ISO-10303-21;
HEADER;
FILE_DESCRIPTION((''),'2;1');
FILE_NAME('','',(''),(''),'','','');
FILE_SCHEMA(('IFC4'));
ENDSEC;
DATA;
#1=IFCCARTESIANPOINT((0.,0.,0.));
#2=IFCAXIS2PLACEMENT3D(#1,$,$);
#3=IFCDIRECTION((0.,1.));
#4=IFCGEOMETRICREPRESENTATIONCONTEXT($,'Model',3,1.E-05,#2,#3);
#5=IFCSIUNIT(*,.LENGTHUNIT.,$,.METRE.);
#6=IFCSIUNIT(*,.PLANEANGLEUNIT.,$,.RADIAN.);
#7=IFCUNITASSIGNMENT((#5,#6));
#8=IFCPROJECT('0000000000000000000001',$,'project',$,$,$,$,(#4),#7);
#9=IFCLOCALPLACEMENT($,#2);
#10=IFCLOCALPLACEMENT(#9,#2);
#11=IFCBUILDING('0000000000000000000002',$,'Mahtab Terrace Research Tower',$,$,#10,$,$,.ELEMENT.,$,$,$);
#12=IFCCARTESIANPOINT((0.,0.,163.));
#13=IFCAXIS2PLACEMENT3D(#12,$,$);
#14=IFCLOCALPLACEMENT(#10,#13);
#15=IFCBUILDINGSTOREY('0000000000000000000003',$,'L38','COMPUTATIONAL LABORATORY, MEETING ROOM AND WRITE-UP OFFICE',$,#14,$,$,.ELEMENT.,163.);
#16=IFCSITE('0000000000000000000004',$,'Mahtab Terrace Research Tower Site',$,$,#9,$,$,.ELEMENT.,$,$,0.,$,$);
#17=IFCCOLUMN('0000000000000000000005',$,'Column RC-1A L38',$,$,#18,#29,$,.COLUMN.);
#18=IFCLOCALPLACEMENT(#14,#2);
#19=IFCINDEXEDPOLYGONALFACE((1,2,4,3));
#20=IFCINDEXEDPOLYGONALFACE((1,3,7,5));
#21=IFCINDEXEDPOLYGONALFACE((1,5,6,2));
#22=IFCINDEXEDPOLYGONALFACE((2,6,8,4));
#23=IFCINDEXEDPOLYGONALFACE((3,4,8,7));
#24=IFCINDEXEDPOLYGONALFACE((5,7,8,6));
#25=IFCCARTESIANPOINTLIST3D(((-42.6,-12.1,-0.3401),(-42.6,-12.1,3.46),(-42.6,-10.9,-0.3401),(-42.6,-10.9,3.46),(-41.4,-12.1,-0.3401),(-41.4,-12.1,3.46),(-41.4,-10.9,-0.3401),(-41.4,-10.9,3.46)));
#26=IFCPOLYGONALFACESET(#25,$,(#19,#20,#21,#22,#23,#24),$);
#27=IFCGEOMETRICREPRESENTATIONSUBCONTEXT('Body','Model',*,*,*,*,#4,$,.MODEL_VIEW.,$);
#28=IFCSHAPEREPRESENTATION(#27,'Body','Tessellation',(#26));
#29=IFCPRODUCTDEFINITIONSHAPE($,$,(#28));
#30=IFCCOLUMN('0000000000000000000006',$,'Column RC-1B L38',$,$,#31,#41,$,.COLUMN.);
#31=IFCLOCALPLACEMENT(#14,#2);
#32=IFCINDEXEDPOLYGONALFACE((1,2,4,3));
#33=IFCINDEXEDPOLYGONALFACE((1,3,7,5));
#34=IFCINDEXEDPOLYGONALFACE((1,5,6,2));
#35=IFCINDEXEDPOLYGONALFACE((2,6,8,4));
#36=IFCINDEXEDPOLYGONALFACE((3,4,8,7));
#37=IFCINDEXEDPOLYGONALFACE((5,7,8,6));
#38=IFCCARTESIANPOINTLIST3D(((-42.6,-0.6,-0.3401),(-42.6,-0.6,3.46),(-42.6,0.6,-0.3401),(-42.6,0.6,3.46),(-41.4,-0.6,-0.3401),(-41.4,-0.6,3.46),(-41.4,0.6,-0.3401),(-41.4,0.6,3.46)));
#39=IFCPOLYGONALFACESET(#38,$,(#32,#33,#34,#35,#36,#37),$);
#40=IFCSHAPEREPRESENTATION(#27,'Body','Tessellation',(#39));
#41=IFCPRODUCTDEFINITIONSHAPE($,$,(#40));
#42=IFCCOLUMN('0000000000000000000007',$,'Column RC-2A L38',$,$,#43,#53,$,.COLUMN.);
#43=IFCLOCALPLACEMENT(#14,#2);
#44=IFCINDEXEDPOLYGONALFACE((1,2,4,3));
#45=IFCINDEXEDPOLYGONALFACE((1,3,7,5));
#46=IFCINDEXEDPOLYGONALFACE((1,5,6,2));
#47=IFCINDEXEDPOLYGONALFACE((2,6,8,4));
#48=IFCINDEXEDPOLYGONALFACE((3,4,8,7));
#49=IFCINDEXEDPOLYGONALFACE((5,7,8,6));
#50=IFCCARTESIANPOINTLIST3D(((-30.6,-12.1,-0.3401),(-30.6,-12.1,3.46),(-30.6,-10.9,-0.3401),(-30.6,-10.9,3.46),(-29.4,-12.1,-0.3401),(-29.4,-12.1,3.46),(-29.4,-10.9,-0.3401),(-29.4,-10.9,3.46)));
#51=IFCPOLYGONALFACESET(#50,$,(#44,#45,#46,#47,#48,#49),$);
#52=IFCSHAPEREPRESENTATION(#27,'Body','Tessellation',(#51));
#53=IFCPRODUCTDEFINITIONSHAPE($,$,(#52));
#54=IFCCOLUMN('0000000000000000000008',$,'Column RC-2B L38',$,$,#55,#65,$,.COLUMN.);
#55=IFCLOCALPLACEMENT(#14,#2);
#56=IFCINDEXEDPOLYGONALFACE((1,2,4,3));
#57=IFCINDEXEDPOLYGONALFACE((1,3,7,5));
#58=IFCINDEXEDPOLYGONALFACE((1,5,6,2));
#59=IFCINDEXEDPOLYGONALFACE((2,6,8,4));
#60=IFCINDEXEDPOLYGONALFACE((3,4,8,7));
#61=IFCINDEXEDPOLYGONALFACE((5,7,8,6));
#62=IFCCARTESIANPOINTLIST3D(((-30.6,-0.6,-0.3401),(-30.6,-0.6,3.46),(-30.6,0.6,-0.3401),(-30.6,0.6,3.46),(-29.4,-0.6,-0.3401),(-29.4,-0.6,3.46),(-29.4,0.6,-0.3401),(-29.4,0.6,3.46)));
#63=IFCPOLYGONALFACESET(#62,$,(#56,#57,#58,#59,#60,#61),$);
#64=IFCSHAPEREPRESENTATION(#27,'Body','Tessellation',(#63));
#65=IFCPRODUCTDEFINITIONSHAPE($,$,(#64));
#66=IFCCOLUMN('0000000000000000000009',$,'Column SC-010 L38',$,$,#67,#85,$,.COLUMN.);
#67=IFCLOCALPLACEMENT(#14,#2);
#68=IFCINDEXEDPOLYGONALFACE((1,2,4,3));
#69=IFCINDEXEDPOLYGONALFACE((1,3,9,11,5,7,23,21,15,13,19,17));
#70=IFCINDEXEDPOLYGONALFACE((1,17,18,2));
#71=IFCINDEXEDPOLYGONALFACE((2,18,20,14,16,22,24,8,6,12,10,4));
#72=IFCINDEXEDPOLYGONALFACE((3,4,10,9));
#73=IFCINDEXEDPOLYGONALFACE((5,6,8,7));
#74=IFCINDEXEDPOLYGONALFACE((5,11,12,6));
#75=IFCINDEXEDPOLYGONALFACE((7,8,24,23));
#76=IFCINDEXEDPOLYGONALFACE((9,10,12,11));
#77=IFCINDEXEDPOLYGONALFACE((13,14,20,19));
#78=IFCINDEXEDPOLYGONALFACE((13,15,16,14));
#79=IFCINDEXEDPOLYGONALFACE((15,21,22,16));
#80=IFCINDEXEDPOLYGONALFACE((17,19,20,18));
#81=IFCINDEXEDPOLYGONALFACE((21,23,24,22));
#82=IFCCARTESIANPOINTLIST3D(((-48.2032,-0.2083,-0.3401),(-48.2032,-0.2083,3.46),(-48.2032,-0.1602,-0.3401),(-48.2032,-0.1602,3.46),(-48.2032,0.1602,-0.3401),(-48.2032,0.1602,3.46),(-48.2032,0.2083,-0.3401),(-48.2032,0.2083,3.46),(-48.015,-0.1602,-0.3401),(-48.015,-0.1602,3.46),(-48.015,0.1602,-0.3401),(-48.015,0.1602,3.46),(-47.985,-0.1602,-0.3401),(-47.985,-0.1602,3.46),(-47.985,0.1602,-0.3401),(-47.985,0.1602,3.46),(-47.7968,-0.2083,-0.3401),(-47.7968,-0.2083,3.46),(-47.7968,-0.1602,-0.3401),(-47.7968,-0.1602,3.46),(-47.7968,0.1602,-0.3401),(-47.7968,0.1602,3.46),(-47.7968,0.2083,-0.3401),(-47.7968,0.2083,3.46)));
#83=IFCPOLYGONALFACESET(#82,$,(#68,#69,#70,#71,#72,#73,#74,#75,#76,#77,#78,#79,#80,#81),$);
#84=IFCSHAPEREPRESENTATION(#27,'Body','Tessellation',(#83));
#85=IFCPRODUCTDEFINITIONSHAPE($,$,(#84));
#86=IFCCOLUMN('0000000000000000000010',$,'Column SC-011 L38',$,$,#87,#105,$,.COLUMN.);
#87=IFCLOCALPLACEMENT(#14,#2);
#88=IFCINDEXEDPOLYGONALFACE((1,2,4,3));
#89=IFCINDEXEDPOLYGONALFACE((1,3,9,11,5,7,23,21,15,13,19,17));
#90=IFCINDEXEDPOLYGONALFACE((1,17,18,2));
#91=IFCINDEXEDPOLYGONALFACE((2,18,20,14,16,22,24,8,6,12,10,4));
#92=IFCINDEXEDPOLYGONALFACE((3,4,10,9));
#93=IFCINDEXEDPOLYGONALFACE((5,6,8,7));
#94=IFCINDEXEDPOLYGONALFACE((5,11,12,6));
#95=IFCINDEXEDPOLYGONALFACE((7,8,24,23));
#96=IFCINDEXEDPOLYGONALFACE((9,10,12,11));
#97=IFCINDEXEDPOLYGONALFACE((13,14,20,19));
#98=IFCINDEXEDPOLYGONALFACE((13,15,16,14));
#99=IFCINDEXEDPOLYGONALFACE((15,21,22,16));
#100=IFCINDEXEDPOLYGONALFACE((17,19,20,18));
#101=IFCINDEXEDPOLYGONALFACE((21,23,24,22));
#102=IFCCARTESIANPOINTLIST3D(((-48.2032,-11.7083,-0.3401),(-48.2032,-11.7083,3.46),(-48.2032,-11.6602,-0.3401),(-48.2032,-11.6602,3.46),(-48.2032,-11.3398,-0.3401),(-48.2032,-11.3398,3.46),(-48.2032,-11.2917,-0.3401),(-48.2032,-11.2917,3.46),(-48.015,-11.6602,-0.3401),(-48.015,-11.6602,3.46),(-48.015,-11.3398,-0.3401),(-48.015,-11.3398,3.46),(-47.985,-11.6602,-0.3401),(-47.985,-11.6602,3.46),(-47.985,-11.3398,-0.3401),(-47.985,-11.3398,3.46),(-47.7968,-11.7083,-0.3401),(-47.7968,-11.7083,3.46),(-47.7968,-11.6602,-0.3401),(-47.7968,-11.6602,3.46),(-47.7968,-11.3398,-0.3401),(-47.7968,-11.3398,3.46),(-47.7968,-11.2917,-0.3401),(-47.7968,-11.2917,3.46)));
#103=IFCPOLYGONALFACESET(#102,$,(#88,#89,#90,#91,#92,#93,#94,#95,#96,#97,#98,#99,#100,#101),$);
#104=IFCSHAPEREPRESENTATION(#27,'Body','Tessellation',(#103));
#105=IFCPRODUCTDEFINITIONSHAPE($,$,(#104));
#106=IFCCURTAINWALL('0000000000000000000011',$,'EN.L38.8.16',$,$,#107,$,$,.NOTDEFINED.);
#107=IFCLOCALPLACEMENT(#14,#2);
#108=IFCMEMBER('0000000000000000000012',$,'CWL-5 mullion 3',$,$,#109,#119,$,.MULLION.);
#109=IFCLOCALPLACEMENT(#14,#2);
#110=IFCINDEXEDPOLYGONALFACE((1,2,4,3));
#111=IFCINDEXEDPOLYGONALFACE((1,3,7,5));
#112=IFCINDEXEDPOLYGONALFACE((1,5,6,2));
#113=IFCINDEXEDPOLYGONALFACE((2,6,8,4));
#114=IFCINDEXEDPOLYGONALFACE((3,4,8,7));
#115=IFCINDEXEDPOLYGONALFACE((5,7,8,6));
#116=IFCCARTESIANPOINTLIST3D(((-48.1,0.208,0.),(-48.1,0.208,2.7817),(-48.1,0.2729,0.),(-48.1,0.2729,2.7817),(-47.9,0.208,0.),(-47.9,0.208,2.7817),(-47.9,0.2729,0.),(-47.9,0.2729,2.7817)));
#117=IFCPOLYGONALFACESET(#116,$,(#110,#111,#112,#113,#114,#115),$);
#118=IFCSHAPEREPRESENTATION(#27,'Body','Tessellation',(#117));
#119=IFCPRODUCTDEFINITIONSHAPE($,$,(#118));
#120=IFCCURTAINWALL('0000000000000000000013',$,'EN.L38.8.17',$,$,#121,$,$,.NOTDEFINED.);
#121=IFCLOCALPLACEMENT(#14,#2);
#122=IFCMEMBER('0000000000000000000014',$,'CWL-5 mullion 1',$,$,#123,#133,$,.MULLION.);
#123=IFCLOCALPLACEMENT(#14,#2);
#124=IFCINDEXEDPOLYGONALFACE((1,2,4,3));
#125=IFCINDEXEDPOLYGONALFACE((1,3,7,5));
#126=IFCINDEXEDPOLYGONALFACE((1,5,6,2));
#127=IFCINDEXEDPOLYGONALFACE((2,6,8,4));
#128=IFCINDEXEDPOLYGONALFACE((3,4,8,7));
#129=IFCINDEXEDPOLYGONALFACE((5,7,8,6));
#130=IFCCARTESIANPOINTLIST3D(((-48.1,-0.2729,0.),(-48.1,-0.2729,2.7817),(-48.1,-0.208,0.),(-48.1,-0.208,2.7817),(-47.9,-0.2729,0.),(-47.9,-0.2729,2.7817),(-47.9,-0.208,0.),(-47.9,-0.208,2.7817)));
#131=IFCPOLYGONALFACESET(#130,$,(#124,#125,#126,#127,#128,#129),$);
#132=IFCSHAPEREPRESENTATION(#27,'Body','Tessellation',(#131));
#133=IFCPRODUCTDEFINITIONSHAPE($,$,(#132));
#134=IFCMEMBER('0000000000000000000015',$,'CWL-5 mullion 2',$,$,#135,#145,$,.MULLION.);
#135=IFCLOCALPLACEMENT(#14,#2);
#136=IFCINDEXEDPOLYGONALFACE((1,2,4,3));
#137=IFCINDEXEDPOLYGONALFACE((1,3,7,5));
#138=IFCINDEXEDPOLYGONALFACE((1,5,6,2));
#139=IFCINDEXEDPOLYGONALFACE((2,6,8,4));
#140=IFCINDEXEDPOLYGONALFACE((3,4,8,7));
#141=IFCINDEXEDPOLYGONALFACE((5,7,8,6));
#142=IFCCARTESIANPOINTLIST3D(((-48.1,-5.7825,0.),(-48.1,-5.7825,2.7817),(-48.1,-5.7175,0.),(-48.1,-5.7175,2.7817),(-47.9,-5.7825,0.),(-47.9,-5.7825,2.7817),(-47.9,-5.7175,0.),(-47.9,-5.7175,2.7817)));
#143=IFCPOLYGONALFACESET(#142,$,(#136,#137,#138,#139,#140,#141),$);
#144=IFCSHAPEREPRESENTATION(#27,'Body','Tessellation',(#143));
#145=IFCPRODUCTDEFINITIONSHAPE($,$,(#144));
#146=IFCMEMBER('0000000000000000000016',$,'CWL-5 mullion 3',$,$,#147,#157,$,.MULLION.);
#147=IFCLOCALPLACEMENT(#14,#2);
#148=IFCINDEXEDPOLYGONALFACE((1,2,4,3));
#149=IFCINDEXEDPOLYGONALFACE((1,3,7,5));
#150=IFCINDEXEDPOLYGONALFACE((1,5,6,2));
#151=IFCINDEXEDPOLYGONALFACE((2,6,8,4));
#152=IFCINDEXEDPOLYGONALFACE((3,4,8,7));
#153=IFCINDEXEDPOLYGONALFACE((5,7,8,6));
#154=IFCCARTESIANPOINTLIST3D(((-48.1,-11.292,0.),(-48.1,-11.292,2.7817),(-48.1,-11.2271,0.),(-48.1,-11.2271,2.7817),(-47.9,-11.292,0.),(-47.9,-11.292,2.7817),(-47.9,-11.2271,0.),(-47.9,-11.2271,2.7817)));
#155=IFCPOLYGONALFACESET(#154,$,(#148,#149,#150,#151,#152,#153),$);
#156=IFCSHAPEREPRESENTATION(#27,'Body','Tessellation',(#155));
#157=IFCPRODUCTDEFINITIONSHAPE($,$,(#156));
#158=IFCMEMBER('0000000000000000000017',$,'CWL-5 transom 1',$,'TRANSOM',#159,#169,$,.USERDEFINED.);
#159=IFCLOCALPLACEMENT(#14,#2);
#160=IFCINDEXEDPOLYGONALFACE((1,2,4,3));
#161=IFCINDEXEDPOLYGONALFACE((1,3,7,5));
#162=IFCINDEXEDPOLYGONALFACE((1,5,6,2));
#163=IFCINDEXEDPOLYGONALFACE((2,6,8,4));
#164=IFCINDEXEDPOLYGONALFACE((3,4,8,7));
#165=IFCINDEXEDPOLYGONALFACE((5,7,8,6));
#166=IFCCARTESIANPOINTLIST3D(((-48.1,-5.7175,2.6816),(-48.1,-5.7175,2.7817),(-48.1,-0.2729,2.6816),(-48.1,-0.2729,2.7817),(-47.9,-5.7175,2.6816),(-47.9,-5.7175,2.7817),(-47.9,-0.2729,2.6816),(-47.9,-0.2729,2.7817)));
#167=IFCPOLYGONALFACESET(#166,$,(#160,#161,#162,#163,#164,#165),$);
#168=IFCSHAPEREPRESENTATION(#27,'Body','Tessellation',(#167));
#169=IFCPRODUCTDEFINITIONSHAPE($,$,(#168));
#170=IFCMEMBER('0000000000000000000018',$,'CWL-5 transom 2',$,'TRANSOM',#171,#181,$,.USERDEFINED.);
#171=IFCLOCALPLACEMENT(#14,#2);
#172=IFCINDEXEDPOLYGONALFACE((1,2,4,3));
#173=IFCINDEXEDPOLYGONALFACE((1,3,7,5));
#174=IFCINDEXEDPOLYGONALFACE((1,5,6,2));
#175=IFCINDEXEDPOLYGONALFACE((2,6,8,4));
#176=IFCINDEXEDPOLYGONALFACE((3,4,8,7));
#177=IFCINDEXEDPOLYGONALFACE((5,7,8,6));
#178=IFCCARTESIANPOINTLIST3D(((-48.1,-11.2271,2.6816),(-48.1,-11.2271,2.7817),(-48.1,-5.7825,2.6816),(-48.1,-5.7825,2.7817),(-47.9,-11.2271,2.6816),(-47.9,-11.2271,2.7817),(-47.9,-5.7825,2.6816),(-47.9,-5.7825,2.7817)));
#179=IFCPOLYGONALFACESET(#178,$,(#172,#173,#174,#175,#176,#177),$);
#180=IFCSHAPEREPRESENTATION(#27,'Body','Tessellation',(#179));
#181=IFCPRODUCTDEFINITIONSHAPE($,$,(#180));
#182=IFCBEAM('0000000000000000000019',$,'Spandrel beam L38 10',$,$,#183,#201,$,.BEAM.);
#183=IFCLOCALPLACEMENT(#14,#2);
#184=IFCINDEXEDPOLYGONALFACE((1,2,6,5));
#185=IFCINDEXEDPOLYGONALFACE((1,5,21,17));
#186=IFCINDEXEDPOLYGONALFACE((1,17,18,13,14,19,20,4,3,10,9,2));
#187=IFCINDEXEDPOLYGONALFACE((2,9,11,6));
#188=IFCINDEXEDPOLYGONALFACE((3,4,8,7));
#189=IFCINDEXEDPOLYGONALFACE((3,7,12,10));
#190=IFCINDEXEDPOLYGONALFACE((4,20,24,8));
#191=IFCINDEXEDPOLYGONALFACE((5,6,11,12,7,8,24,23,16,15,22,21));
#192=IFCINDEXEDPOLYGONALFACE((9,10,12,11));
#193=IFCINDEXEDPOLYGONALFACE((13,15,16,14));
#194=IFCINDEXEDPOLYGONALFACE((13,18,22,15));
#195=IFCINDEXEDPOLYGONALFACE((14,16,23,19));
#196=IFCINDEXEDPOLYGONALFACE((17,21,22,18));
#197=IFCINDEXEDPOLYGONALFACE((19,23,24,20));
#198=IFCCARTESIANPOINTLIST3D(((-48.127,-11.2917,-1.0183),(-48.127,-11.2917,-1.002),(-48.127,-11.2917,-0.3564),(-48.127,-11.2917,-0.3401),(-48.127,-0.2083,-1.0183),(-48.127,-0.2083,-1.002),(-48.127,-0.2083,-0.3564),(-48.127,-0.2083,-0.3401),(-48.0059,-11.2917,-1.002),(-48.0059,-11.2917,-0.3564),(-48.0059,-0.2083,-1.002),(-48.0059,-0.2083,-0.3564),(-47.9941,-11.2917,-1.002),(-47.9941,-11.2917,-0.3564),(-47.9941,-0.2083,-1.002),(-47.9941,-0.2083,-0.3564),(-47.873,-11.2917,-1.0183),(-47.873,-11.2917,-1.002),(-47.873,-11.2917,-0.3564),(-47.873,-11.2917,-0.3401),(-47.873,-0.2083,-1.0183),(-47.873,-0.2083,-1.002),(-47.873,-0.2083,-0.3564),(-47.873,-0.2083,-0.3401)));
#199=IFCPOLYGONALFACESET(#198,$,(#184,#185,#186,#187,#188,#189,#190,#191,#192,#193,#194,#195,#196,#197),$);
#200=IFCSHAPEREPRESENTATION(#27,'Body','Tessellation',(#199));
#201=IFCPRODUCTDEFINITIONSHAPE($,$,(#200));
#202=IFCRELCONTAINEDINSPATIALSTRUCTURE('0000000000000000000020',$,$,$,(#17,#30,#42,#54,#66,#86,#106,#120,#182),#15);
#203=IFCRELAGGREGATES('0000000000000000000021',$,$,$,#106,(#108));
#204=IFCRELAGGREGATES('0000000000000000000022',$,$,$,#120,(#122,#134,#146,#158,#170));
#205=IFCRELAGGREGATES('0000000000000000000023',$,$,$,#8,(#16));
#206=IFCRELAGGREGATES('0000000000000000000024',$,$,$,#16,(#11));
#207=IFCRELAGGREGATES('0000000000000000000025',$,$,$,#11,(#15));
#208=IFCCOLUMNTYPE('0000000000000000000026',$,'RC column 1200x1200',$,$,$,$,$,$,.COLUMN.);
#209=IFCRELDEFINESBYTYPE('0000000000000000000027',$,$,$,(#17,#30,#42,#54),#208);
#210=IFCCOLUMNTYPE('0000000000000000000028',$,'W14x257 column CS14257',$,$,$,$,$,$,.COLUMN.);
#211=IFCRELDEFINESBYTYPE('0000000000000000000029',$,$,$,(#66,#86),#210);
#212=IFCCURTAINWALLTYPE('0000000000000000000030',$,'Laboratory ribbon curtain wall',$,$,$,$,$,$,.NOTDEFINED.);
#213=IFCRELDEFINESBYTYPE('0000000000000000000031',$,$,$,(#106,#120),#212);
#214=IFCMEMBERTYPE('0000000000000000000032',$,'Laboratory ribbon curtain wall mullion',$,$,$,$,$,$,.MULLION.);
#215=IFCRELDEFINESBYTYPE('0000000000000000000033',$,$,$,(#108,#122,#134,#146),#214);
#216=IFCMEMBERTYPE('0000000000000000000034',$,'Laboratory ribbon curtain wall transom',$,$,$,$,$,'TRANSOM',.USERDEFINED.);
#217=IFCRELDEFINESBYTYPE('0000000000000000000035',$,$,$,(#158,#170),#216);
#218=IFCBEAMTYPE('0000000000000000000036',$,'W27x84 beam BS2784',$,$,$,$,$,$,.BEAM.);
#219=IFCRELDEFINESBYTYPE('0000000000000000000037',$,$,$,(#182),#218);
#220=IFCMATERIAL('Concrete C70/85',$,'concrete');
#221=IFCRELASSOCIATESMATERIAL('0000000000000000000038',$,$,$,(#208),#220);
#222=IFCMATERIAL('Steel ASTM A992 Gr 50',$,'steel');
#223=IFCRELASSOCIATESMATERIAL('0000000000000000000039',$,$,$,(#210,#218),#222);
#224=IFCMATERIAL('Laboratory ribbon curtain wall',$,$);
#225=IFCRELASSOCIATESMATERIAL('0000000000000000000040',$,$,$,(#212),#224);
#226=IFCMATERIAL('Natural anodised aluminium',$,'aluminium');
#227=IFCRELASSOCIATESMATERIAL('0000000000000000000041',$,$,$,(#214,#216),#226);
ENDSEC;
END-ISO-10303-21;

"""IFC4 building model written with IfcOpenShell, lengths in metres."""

from ifc_helpers import new_model, si_unit, direction, frame, origin, origin_2d, place, context, subcontext, project, spatial, rectangle, i_section, extrude, material, material_profile, profile_set, type_object, element, aggregate, save


model = new_model("IFC4")

# Units and contexts
model_context = context("Model", 3, precision=1e-05, world=origin(), true_north=direction((0.0, 1.0)))
body_context = subcontext(model_context, "Body", "Model", "MODEL_VIEW")
ifc_project = project(units=[si_unit("LENGTHUNIT", "METRE"), si_unit("PLANEANGLEUNIT", "RADIAN")], contexts=[model_context])

# Site, building, storey
site_placement = place(None, origin())
site = spatial("IfcSite", under=ifc_project, at=site_placement, Name="Mahtab Terrace Research Tower Site", CompositionType="ELEMENT", RefElevation=0.0)
building_placement = place(site_placement, origin())
building = spatial("IfcBuilding", under=site, at=building_placement, Name="Mahtab Terrace Research Tower", CompositionType="ELEMENT")
storey_placement = place(building_placement, frame((0.0, 0.0, 163.0)))
storey = spatial("IfcBuildingStorey", under=building, at=storey_placement, Name="L38", Description="COMPUTATIONAL LABORATORY, MEETING ROOM AND WRITE-UP OFFICE", CompositionType="ELEMENT", Elevation=163.0)

# Columns
ifc_material_1 = material(Name="Concrete C70/85", Category="concrete")
ifc_material_profile_1 = material_profile(ifc_material_1, rectangle(XDim=1.2, YDim=1.2, at=origin_2d()), Name="RC column 1200x1200")
ifc_profile_set_1 = profile_set([ifc_material_profile_1], Name="Concrete C70/85")
column_type_1 = type_object("IfcColumnType", Name="RC column 1200x1200", PredefinedType="COLUMN", material=ifc_profile_set_1)
for number, where, z_axis, x_axis, name in (
    (1, (-42.0, -11.5, -0.3401), (0.0, 0.0, 1.0), (1.0, 0.0, 0.0), "Column RC-1A L38"),
    (2, (-42.0, 0.0, -0.3401), (0.0, 0.0, 1.0), (1.0, 0.0, 0.0), "Column RC-1B L38"),
    (3, (-30.0, -11.5, -0.3401), (0.0, 0.0, 1.0), (1.0, 0.0, 0.0), "Column RC-2A L38"),
    (4, (-30.0, 0.0, -0.3401), (0.0, 0.0, 1.0), (1.0, 0.0, 0.0), "Column RC-2B L38"),
):
    element("IfcColumn", number, at=place(storey_placement, frame(where, z_axis=z_axis, x_axis=x_axis)), inside=storey, type_object=column_type_1, Name=name, PredefinedType="COLUMN", context=body_context, shape_type="SweptSolid", body=[
        extrude(rectangle(XDim=1.2, YDim=1.2, at=origin_2d()), origin(), (0.0, 0.0, 1.0), 3.8),
    ])
ifc_material_2 = material(Name="Steel ASTM A992 Gr 50", Category="steel")
ifc_material_profile_2 = material_profile(ifc_material_2, i_section(OverallWidth=0.4065, OverallDepth=0.4165, WebThickness=0.03, FlangeThickness=0.0481, at=origin_2d()), Name="W14X257")
ifc_profile_set_2 = profile_set([ifc_material_profile_2], Name="Steel ASTM A992 Gr 50")
column_type_2 = type_object("IfcColumnType", Name="W14x257 column CS14257", PredefinedType="COLUMN", material=ifc_profile_set_2)
for number, where, z_axis, x_axis, name in (
    (5, (-48.0, 0.0, -0.3401), (0.0, 0.0, 1.0), (1.0, 0.0, 0.0), "Column SC-010 L38"),
    (6, (-48.0, -11.5, -0.3401), (0.0, 0.0, 1.0), (1.0, 0.0, 0.0), "Column SC-011 L38"),
):
    element("IfcColumn", number, at=place(storey_placement, frame(where, z_axis=z_axis, x_axis=x_axis)), inside=storey, type_object=column_type_2, Name=name, PredefinedType="COLUMN", context=body_context, shape_type="SweptSolid", body=[
        extrude(i_section(OverallWidth=0.4065, OverallDepth=0.4165, WebThickness=0.03, FlangeThickness=0.0481, at=origin_2d()), origin(), (0.0, 0.0, 1.0), 3.8),
    ])

# Curtain wall, member
ifc_material_3 = material(Name="Laboratory ribbon curtain wall")
curtain_wall_type = type_object("IfcCurtainWallType", Name="Laboratory ribbon curtain wall", PredefinedType="NOTDEFINED", material=ifc_material_3)
curtain_wall_1_placement = place(storey_placement, origin())
curtain_wall_1 = element("IfcCurtainWall", 7, at=curtain_wall_1_placement, inside=storey, type_object=curtain_wall_type, Name="EN.L38.8.16", PredefinedType="NOTDEFINED")
ifc_material_4 = material(Name="Natural anodised aluminium", Category="aluminium")
ifc_material_profile_3 = material_profile(ifc_material_4, rectangle(XDim=0.2, YDim=0.0649, at=origin_2d()), Name="MULLION 65x200")
ifc_profile_set_3 = profile_set([ifc_material_profile_3], Name="Natural anodised aluminium")
member_type_1 = type_object("IfcMemberType", Name="Laboratory ribbon curtain wall mullion", PredefinedType="MULLION", material=ifc_profile_set_3)
member_1_placement = place(storey_placement, frame((-48.0, 0.2405, 0.0), z_axis=(0.0, 0.0, 1.0), x_axis=(1.0, 0.0, 0.0)))
member_1 = element("IfcMember", 8, at=member_1_placement, type_object=member_type_1, Name="CWL-5 mullion 3", PredefinedType="MULLION", context=body_context, shape_type="SweptSolid", body=[
    extrude(rectangle(XDim=0.2, YDim=0.0649, at=origin_2d()), origin(), (0.0, 0.0, 1.0), 2.7817),
])

# Curtain wall, members
curtain_wall_2_placement = place(storey_placement, origin())
curtain_wall_2 = element("IfcCurtainWall", 9, at=curtain_wall_2_placement, inside=storey, type_object=curtain_wall_type, Name="EN.L38.8.17", PredefinedType="NOTDEFINED")
member_2_placement = place(storey_placement, frame((-48.0, -0.2405, 0.0), z_axis=(0.0, 0.0, 1.0), x_axis=(1.0, 0.0, 0.0)))
member_2 = element("IfcMember", 10, at=member_2_placement, type_object=member_type_1, Name="CWL-5 mullion 1", PredefinedType="MULLION", context=body_context, shape_type="SweptSolid", body=[
    extrude(rectangle(XDim=0.2, YDim=0.0649, at=origin_2d()), origin(), (0.0, 0.0, 1.0), 2.7817),
])
member_3_placement = place(storey_placement, frame((-48.0, -5.75, 0.0), z_axis=(0.0, 0.0, 1.0), x_axis=(1.0, 0.0, 0.0)))
member_3 = element("IfcMember", 11, at=member_3_placement, type_object=member_type_1, Name="CWL-5 mullion 2", PredefinedType="MULLION", context=body_context, shape_type="SweptSolid", body=[
    extrude(rectangle(XDim=0.2, YDim=0.0649, at=origin_2d()), origin(), (0.0, 0.0, 1.0), 2.7817),
])
member_4_placement = place(storey_placement, frame((-48.0, -11.2595, 0.0), z_axis=(0.0, 0.0, 1.0), x_axis=(1.0, 0.0, 0.0)))
member_4 = element("IfcMember", 12, at=member_4_placement, type_object=member_type_1, Name="CWL-5 mullion 3", PredefinedType="MULLION", context=body_context, shape_type="SweptSolid", body=[
    extrude(rectangle(XDim=0.2, YDim=0.0649, at=origin_2d()), origin(), (0.0, 0.0, 1.0), 2.7817),
])
ifc_material_profile_4 = material_profile(ifc_material_4, rectangle(XDim=0.2, YDim=0.1001, at=origin_2d()), Name="TRANSOM 100x200")
ifc_profile_set_4 = profile_set([ifc_material_profile_4], Name="Natural anodised aluminium")
member_type_2 = type_object("IfcMemberType", Name="Laboratory ribbon curtain wall transom", ElementType="TRANSOM", PredefinedType="USERDEFINED", material=ifc_profile_set_4)
member_5_placement = place(storey_placement, frame((-48.0, -0.2729, 2.7317), z_axis=(0.0, -1.0, 0.0), x_axis=(1.0, 0.0, 0.0)))
member_5 = element("IfcMember", 13, at=member_5_placement, type_object=member_type_2, Name="CWL-5 transom 1", ObjectType="TRANSOM", PredefinedType="USERDEFINED", context=body_context, shape_type="SweptSolid", body=[
    extrude(rectangle(XDim=0.2, YDim=0.1001, at=origin_2d()), origin(), (0.0, 0.0, 1.0), 5.4446),
])
member_6_placement = place(storey_placement, frame((-48.0, -5.7825, 2.7317), z_axis=(0.0, -1.0, 0.0), x_axis=(1.0, 0.0, 0.0)))
member_6 = element("IfcMember", 14, at=member_6_placement, type_object=member_type_2, Name="CWL-5 transom 2", ObjectType="TRANSOM", PredefinedType="USERDEFINED", context=body_context, shape_type="SweptSolid", body=[
    extrude(rectangle(XDim=0.2, YDim=0.1001, at=origin_2d()), origin(), (0.0, 0.0, 1.0), 5.4446),
])

# Beam
ifc_material_profile_5 = material_profile(ifc_material_2, i_section(OverallWidth=0.2539, OverallDepth=0.6782, WebThickness=0.0117, FlangeThickness=0.0164, at=origin_2d()), Name="W27X84")
ifc_profile_set_5 = profile_set([ifc_material_profile_5], Name="Steel ASTM A992 Gr 50")
beam_type = type_object("IfcBeamType", Name="W27x84 beam BS2784", PredefinedType="BEAM", material=ifc_profile_set_5)
beam_placement = place(storey_placement, frame((-48.0, -0.2083, -0.6792), z_axis=(0.0, -1.0, 0.0), x_axis=(1.0, 0.0, 0.0)))
element("IfcBeam", 15, at=beam_placement, inside=storey, type_object=beam_type, Name="Spandrel beam L38 10", PredefinedType="BEAM", context=body_context, shape_type="SweptSolid", body=[
    extrude(i_section(OverallWidth=0.2539, OverallDepth=0.6782, WebThickness=0.0117, FlangeThickness=0.0164, at=origin_2d()), origin(), (0.0, 0.0, 1.0), 11.0835),
])

aggregate(curtain_wall_1, [member_1])
aggregate(curtain_wall_2, [member_2, member_3, member_4, member_5, member_6])

save(model, "model.ifc")
